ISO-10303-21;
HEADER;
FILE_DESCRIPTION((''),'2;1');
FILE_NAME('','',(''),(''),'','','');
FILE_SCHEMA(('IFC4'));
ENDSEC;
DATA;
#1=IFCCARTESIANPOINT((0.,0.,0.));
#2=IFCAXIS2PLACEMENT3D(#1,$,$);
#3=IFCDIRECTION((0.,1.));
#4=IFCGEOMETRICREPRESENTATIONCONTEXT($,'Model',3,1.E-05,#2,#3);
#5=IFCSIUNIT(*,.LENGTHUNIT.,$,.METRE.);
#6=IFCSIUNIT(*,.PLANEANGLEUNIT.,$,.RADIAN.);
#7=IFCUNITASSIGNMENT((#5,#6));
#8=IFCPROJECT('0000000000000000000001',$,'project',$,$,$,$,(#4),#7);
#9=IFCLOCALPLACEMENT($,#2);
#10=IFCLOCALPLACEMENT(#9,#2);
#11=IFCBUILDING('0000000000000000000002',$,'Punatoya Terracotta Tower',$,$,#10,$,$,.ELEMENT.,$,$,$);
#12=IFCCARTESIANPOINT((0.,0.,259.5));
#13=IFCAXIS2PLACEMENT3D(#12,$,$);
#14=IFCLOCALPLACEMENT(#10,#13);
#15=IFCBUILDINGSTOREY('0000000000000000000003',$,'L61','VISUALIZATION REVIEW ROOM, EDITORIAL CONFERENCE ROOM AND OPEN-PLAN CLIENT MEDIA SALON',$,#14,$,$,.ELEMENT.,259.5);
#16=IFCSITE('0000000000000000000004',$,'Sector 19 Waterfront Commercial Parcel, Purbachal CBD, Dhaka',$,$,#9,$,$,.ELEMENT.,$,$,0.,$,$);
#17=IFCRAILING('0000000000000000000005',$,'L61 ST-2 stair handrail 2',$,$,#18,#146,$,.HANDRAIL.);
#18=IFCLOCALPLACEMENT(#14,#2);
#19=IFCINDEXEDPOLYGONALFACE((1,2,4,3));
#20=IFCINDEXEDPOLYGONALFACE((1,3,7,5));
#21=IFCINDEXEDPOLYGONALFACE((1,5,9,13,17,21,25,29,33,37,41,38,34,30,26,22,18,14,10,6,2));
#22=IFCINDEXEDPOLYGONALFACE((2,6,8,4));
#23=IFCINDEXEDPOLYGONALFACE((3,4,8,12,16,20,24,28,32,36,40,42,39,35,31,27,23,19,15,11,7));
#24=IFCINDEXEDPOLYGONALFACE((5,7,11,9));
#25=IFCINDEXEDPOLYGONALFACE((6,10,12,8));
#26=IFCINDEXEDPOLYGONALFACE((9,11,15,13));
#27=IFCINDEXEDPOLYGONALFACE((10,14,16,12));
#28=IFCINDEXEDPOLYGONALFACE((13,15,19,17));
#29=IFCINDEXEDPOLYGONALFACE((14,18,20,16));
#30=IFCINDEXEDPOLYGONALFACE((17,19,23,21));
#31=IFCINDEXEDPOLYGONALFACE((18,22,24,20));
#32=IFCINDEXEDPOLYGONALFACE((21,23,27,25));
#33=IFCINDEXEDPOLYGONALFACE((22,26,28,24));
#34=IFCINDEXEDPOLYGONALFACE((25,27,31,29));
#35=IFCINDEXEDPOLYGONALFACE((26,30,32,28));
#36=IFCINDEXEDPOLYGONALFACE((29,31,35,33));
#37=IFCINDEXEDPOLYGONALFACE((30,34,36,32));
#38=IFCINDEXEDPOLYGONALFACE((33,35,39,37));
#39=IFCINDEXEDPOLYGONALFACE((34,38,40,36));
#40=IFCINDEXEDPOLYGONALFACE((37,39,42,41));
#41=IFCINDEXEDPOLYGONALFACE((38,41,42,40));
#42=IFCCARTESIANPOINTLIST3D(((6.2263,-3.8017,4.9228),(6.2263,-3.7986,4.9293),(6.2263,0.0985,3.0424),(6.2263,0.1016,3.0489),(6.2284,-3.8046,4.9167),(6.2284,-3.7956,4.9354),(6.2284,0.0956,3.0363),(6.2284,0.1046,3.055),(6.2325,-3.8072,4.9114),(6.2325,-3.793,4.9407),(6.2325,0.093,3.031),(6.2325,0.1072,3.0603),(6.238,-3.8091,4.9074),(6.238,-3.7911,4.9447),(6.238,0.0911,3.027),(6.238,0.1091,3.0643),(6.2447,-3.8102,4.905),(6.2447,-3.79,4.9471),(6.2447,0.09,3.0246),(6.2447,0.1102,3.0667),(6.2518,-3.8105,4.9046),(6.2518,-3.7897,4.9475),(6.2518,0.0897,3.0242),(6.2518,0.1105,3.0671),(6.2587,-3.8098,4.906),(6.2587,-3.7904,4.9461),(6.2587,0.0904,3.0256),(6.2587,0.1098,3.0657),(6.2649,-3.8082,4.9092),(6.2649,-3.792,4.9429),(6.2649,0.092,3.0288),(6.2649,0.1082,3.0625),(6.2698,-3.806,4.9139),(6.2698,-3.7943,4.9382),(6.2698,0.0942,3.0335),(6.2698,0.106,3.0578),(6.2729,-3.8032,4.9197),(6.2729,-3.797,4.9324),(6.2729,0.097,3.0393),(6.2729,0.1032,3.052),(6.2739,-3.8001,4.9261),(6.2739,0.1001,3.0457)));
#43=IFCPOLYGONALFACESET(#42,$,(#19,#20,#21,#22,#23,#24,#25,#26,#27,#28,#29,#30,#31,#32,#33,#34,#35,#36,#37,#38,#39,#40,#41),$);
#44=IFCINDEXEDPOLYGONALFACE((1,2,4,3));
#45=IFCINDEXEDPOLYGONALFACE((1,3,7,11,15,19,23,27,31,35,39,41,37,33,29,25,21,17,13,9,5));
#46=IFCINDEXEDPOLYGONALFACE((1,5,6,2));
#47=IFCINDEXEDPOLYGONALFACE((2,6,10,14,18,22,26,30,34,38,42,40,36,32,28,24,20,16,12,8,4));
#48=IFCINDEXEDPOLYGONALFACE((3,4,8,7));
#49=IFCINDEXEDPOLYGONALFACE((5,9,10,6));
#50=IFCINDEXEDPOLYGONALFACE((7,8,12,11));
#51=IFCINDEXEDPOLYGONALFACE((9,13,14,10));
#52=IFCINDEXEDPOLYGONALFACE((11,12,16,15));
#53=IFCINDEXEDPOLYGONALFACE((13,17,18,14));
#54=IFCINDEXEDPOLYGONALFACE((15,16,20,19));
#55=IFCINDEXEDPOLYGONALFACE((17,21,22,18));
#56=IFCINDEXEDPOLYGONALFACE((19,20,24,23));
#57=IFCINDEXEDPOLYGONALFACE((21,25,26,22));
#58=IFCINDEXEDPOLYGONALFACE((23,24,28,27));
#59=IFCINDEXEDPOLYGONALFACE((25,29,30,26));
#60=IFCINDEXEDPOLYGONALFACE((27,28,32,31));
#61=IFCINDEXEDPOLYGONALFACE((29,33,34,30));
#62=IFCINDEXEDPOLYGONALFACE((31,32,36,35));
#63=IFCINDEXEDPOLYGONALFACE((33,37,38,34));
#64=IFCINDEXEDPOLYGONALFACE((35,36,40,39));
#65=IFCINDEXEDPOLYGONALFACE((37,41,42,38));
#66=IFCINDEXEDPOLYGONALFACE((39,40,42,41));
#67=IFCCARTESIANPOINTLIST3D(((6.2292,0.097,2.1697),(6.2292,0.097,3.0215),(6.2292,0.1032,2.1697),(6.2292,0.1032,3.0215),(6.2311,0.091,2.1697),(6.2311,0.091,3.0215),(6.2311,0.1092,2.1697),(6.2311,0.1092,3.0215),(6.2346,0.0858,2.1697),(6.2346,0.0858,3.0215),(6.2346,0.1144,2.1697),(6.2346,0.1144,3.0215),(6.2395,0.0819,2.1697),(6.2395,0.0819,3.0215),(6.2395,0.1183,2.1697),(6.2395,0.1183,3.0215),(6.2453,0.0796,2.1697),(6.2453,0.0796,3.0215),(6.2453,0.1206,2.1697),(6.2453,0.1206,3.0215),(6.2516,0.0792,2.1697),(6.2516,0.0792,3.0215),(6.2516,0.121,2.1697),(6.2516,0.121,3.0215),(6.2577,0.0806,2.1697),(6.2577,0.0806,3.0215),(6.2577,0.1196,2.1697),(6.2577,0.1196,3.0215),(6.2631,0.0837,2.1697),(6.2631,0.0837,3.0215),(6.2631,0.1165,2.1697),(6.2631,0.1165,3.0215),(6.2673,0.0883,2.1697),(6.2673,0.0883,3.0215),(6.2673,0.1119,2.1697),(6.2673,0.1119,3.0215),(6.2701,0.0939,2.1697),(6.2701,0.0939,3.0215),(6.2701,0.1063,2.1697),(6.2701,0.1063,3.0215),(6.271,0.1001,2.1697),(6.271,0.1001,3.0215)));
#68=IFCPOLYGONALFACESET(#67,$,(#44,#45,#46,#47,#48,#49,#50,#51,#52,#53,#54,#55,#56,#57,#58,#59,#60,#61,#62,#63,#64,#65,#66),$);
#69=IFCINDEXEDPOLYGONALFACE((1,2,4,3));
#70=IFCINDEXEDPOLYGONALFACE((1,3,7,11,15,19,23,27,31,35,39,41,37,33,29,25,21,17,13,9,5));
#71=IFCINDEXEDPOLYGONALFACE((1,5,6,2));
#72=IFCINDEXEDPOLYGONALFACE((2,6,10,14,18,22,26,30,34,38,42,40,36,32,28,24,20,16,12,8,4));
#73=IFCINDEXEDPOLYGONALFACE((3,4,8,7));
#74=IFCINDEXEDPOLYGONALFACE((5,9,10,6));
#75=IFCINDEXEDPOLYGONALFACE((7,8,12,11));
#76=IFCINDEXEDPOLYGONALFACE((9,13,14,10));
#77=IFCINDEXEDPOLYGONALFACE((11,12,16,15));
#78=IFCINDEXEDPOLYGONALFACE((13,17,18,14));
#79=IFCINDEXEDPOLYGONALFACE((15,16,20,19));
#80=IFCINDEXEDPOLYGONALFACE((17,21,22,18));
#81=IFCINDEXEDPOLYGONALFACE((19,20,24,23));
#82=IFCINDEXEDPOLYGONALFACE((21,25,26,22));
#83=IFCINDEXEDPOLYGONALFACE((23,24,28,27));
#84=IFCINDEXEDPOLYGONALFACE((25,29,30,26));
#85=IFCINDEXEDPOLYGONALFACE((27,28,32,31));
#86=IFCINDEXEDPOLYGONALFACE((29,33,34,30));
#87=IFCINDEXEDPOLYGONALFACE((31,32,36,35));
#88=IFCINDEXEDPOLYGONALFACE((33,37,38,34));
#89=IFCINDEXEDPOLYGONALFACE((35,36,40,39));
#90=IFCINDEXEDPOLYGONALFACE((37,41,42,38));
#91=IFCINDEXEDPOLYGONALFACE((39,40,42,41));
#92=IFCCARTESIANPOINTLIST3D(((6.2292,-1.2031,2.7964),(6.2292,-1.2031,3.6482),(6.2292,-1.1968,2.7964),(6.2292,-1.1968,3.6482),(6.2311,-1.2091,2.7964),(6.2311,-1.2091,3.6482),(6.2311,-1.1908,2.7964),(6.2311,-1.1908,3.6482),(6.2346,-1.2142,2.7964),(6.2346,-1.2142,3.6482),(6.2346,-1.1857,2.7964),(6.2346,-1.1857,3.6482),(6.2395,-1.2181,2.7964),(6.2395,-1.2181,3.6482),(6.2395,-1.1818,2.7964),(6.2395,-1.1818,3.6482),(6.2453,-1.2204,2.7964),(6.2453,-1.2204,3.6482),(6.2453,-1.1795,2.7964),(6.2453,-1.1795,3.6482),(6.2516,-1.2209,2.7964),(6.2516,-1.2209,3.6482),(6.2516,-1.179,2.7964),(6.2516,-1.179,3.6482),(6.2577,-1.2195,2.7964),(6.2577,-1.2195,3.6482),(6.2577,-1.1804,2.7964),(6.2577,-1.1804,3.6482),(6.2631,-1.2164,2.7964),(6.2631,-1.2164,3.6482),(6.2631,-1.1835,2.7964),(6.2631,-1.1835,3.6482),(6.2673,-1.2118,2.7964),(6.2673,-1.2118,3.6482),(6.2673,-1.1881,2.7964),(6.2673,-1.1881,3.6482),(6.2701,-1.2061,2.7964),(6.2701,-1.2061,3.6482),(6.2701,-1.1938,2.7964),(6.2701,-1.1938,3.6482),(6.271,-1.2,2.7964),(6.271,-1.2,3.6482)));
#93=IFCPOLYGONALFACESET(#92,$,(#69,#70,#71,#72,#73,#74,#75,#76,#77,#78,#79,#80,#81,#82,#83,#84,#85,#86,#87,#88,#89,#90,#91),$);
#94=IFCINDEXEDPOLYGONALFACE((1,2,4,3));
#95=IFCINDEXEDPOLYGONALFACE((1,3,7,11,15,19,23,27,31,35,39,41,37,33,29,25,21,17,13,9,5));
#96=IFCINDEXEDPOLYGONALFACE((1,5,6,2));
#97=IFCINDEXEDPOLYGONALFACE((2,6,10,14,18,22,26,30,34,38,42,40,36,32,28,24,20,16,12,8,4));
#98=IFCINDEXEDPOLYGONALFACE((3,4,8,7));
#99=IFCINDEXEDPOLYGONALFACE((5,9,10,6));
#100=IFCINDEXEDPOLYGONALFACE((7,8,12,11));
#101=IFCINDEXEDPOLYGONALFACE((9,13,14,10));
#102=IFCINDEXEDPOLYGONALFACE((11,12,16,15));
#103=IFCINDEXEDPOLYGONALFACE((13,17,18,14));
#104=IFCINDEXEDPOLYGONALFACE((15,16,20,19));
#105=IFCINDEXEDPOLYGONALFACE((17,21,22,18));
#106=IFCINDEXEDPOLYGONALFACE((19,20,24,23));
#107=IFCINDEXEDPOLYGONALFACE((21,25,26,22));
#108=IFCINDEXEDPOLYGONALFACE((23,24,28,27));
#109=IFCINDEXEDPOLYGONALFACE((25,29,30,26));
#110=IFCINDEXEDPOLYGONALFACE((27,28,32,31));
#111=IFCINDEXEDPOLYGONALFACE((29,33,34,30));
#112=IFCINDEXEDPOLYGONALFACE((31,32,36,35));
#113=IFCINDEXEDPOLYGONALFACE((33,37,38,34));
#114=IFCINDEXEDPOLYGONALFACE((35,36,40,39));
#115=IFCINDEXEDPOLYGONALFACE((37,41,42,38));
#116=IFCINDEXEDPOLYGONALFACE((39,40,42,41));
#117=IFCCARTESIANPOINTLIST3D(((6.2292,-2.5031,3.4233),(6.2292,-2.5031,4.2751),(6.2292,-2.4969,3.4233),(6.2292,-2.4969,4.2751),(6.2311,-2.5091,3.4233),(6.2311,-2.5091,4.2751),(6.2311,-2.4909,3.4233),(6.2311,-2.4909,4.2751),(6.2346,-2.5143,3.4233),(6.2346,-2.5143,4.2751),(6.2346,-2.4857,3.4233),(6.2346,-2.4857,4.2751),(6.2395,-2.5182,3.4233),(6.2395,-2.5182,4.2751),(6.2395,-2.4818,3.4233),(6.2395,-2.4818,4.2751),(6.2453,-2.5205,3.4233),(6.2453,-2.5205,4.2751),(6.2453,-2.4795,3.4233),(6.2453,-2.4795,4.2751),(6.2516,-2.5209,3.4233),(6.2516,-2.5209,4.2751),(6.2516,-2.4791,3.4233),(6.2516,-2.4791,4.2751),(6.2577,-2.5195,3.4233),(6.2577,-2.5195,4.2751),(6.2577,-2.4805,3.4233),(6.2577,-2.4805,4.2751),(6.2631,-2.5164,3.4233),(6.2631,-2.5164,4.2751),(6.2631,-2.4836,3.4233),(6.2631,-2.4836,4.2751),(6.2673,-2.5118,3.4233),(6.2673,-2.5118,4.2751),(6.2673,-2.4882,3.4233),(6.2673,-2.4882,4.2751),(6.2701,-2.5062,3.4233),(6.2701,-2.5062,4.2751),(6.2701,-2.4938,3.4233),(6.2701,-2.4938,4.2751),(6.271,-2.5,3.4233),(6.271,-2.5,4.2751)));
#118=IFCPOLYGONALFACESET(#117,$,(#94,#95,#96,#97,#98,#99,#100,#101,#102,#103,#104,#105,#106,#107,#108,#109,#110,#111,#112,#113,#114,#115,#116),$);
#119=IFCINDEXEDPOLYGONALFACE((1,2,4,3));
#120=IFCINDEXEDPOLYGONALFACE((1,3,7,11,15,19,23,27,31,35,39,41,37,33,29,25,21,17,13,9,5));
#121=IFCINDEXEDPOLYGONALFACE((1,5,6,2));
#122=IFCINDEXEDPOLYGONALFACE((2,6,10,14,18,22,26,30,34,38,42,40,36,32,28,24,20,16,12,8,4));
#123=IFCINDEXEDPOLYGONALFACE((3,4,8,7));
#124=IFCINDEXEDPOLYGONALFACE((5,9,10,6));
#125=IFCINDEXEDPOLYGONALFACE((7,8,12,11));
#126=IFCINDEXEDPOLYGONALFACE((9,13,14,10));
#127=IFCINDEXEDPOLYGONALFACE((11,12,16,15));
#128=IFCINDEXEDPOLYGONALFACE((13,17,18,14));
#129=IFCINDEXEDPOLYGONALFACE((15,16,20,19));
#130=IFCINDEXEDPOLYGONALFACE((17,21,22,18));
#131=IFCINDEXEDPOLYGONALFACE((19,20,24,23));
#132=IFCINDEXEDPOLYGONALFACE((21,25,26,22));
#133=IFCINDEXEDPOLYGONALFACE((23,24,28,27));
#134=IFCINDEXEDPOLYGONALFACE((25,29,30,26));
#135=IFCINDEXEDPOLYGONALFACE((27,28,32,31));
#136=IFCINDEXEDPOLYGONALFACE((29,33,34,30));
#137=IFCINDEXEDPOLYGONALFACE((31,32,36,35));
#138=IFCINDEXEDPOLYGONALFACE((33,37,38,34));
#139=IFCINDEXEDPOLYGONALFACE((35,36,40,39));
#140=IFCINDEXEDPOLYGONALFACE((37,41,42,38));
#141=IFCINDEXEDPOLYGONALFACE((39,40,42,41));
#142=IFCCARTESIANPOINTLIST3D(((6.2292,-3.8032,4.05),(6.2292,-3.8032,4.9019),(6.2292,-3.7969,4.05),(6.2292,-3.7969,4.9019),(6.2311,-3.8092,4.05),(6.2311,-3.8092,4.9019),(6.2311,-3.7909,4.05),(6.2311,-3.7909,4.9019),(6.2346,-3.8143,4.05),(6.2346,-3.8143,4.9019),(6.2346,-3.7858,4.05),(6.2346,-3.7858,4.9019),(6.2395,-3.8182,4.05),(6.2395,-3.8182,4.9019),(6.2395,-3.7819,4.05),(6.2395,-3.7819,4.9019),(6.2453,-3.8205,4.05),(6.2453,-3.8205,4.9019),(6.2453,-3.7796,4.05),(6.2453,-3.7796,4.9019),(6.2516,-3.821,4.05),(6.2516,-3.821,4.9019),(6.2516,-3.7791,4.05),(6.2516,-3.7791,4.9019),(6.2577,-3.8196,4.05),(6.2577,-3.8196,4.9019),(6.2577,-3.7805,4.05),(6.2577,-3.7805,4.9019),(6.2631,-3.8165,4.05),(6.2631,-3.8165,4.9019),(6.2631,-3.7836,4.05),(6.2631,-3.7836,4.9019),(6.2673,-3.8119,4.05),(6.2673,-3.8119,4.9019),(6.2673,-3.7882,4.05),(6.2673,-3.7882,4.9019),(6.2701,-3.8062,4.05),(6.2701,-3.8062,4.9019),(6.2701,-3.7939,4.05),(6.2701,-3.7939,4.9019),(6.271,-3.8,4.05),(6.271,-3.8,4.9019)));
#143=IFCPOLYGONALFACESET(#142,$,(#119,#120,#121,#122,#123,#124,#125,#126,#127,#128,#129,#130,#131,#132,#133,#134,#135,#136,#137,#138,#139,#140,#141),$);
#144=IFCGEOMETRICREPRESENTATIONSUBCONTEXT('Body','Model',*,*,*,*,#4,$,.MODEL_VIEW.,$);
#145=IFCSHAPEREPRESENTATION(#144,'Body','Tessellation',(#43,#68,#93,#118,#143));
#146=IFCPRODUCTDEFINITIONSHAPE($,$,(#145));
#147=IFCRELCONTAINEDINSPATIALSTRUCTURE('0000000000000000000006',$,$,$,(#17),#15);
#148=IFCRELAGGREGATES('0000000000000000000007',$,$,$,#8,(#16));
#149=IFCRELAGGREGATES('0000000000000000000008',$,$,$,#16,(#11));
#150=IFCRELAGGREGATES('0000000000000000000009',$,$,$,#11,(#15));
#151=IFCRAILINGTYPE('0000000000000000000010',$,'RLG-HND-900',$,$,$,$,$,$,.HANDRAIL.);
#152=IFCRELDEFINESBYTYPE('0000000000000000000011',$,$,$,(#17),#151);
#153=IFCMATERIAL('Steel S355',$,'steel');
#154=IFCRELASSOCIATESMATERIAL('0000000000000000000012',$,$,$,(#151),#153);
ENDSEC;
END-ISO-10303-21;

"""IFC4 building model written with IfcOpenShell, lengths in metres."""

from ifc_helpers import new_model, si_unit, direction, frame, origin, origin_2d, place, context, subcontext, project, spatial, circle, extrude, material, type_object, element, save


model = new_model("IFC4")

# Units and contexts
model_context = context("Model", 3, precision=1e-05, world=origin(), true_north=direction((0.0, 1.0)))
body_context = subcontext(model_context, "Body", "Model", "MODEL_VIEW")
ifc_project = project(units=[si_unit("LENGTHUNIT", "METRE"), si_unit("PLANEANGLEUNIT", "RADIAN")], contexts=[model_context])

# Site, building, storey
site_placement = place(None, origin())
site = spatial("IfcSite", under=ifc_project, at=site_placement, Name="Sector 19 Waterfront Commercial Parcel, Purbachal CBD, Dhaka", CompositionType="ELEMENT", RefElevation=0.0)
building_placement = place(site_placement, origin())
building = spatial("IfcBuilding", under=site, at=building_placement, Name="Punatoya Terracotta Tower", CompositionType="ELEMENT")
storey_placement = place(building_placement, frame((0.0, 0.0, 259.5)))
storey = spatial("IfcBuildingStorey", under=building, at=storey_placement, Name="L61", Description="VISUALIZATION REVIEW ROOM, EDITORIAL CONFERENCE ROOM AND OPEN-PLAN CLIENT MEDIA SALON", CompositionType="ELEMENT", Elevation=259.5)

# Shared definitions
ifc_material_1 = material(Name="Steel S355", Category="steel")

# Railing
railing_type_1 = type_object("IfcRailingType", Name="RLG-HND-900", PredefinedType="HANDRAIL", material=ifc_material_1)
railing_1_placement = place(storey_placement, frame((6.25, 0.1001, 2.1697)))
element("IfcRailing", 1, at=railing_1_placement, inside=storey, type_object=railing_type_1, Name="L61 ST-2 stair handrail 2", PredefinedType="HANDRAIL", context=body_context, shape_type="SweptSolid", body=[
    extrude(circle(Radius=0.0239, at=origin_2d()), frame((0.0, 0.0, 0.876), z_axis=(0.0, -0.900774, 0.434289), x_axis=(1.0, 0.0, 0.0)), (0.0, 0.0, 1.0), 4.3298),
    extrude(circle(Radius=0.021, at=origin_2d()), origin(), (0.0, 0.0, 1.0), 0.8518),
    extrude(circle(Radius=0.021, at=origin_2d()), frame((0.0, -1.3, 0.6267)), (0.0, 0.0, 1.0), 0.8518),
    extrude(circle(Radius=0.021, at=origin_2d()), frame((0.0, -2.6001, 1.2537)), (0.0, 0.0, 1.0), 0.8518),
    extrude(circle(Radius=0.021, at=origin_2d()), frame((0.0, -3.9001, 1.8804)), (0.0, 0.0, 1.0), 0.8518),
])

save(model, "model.ifc")
